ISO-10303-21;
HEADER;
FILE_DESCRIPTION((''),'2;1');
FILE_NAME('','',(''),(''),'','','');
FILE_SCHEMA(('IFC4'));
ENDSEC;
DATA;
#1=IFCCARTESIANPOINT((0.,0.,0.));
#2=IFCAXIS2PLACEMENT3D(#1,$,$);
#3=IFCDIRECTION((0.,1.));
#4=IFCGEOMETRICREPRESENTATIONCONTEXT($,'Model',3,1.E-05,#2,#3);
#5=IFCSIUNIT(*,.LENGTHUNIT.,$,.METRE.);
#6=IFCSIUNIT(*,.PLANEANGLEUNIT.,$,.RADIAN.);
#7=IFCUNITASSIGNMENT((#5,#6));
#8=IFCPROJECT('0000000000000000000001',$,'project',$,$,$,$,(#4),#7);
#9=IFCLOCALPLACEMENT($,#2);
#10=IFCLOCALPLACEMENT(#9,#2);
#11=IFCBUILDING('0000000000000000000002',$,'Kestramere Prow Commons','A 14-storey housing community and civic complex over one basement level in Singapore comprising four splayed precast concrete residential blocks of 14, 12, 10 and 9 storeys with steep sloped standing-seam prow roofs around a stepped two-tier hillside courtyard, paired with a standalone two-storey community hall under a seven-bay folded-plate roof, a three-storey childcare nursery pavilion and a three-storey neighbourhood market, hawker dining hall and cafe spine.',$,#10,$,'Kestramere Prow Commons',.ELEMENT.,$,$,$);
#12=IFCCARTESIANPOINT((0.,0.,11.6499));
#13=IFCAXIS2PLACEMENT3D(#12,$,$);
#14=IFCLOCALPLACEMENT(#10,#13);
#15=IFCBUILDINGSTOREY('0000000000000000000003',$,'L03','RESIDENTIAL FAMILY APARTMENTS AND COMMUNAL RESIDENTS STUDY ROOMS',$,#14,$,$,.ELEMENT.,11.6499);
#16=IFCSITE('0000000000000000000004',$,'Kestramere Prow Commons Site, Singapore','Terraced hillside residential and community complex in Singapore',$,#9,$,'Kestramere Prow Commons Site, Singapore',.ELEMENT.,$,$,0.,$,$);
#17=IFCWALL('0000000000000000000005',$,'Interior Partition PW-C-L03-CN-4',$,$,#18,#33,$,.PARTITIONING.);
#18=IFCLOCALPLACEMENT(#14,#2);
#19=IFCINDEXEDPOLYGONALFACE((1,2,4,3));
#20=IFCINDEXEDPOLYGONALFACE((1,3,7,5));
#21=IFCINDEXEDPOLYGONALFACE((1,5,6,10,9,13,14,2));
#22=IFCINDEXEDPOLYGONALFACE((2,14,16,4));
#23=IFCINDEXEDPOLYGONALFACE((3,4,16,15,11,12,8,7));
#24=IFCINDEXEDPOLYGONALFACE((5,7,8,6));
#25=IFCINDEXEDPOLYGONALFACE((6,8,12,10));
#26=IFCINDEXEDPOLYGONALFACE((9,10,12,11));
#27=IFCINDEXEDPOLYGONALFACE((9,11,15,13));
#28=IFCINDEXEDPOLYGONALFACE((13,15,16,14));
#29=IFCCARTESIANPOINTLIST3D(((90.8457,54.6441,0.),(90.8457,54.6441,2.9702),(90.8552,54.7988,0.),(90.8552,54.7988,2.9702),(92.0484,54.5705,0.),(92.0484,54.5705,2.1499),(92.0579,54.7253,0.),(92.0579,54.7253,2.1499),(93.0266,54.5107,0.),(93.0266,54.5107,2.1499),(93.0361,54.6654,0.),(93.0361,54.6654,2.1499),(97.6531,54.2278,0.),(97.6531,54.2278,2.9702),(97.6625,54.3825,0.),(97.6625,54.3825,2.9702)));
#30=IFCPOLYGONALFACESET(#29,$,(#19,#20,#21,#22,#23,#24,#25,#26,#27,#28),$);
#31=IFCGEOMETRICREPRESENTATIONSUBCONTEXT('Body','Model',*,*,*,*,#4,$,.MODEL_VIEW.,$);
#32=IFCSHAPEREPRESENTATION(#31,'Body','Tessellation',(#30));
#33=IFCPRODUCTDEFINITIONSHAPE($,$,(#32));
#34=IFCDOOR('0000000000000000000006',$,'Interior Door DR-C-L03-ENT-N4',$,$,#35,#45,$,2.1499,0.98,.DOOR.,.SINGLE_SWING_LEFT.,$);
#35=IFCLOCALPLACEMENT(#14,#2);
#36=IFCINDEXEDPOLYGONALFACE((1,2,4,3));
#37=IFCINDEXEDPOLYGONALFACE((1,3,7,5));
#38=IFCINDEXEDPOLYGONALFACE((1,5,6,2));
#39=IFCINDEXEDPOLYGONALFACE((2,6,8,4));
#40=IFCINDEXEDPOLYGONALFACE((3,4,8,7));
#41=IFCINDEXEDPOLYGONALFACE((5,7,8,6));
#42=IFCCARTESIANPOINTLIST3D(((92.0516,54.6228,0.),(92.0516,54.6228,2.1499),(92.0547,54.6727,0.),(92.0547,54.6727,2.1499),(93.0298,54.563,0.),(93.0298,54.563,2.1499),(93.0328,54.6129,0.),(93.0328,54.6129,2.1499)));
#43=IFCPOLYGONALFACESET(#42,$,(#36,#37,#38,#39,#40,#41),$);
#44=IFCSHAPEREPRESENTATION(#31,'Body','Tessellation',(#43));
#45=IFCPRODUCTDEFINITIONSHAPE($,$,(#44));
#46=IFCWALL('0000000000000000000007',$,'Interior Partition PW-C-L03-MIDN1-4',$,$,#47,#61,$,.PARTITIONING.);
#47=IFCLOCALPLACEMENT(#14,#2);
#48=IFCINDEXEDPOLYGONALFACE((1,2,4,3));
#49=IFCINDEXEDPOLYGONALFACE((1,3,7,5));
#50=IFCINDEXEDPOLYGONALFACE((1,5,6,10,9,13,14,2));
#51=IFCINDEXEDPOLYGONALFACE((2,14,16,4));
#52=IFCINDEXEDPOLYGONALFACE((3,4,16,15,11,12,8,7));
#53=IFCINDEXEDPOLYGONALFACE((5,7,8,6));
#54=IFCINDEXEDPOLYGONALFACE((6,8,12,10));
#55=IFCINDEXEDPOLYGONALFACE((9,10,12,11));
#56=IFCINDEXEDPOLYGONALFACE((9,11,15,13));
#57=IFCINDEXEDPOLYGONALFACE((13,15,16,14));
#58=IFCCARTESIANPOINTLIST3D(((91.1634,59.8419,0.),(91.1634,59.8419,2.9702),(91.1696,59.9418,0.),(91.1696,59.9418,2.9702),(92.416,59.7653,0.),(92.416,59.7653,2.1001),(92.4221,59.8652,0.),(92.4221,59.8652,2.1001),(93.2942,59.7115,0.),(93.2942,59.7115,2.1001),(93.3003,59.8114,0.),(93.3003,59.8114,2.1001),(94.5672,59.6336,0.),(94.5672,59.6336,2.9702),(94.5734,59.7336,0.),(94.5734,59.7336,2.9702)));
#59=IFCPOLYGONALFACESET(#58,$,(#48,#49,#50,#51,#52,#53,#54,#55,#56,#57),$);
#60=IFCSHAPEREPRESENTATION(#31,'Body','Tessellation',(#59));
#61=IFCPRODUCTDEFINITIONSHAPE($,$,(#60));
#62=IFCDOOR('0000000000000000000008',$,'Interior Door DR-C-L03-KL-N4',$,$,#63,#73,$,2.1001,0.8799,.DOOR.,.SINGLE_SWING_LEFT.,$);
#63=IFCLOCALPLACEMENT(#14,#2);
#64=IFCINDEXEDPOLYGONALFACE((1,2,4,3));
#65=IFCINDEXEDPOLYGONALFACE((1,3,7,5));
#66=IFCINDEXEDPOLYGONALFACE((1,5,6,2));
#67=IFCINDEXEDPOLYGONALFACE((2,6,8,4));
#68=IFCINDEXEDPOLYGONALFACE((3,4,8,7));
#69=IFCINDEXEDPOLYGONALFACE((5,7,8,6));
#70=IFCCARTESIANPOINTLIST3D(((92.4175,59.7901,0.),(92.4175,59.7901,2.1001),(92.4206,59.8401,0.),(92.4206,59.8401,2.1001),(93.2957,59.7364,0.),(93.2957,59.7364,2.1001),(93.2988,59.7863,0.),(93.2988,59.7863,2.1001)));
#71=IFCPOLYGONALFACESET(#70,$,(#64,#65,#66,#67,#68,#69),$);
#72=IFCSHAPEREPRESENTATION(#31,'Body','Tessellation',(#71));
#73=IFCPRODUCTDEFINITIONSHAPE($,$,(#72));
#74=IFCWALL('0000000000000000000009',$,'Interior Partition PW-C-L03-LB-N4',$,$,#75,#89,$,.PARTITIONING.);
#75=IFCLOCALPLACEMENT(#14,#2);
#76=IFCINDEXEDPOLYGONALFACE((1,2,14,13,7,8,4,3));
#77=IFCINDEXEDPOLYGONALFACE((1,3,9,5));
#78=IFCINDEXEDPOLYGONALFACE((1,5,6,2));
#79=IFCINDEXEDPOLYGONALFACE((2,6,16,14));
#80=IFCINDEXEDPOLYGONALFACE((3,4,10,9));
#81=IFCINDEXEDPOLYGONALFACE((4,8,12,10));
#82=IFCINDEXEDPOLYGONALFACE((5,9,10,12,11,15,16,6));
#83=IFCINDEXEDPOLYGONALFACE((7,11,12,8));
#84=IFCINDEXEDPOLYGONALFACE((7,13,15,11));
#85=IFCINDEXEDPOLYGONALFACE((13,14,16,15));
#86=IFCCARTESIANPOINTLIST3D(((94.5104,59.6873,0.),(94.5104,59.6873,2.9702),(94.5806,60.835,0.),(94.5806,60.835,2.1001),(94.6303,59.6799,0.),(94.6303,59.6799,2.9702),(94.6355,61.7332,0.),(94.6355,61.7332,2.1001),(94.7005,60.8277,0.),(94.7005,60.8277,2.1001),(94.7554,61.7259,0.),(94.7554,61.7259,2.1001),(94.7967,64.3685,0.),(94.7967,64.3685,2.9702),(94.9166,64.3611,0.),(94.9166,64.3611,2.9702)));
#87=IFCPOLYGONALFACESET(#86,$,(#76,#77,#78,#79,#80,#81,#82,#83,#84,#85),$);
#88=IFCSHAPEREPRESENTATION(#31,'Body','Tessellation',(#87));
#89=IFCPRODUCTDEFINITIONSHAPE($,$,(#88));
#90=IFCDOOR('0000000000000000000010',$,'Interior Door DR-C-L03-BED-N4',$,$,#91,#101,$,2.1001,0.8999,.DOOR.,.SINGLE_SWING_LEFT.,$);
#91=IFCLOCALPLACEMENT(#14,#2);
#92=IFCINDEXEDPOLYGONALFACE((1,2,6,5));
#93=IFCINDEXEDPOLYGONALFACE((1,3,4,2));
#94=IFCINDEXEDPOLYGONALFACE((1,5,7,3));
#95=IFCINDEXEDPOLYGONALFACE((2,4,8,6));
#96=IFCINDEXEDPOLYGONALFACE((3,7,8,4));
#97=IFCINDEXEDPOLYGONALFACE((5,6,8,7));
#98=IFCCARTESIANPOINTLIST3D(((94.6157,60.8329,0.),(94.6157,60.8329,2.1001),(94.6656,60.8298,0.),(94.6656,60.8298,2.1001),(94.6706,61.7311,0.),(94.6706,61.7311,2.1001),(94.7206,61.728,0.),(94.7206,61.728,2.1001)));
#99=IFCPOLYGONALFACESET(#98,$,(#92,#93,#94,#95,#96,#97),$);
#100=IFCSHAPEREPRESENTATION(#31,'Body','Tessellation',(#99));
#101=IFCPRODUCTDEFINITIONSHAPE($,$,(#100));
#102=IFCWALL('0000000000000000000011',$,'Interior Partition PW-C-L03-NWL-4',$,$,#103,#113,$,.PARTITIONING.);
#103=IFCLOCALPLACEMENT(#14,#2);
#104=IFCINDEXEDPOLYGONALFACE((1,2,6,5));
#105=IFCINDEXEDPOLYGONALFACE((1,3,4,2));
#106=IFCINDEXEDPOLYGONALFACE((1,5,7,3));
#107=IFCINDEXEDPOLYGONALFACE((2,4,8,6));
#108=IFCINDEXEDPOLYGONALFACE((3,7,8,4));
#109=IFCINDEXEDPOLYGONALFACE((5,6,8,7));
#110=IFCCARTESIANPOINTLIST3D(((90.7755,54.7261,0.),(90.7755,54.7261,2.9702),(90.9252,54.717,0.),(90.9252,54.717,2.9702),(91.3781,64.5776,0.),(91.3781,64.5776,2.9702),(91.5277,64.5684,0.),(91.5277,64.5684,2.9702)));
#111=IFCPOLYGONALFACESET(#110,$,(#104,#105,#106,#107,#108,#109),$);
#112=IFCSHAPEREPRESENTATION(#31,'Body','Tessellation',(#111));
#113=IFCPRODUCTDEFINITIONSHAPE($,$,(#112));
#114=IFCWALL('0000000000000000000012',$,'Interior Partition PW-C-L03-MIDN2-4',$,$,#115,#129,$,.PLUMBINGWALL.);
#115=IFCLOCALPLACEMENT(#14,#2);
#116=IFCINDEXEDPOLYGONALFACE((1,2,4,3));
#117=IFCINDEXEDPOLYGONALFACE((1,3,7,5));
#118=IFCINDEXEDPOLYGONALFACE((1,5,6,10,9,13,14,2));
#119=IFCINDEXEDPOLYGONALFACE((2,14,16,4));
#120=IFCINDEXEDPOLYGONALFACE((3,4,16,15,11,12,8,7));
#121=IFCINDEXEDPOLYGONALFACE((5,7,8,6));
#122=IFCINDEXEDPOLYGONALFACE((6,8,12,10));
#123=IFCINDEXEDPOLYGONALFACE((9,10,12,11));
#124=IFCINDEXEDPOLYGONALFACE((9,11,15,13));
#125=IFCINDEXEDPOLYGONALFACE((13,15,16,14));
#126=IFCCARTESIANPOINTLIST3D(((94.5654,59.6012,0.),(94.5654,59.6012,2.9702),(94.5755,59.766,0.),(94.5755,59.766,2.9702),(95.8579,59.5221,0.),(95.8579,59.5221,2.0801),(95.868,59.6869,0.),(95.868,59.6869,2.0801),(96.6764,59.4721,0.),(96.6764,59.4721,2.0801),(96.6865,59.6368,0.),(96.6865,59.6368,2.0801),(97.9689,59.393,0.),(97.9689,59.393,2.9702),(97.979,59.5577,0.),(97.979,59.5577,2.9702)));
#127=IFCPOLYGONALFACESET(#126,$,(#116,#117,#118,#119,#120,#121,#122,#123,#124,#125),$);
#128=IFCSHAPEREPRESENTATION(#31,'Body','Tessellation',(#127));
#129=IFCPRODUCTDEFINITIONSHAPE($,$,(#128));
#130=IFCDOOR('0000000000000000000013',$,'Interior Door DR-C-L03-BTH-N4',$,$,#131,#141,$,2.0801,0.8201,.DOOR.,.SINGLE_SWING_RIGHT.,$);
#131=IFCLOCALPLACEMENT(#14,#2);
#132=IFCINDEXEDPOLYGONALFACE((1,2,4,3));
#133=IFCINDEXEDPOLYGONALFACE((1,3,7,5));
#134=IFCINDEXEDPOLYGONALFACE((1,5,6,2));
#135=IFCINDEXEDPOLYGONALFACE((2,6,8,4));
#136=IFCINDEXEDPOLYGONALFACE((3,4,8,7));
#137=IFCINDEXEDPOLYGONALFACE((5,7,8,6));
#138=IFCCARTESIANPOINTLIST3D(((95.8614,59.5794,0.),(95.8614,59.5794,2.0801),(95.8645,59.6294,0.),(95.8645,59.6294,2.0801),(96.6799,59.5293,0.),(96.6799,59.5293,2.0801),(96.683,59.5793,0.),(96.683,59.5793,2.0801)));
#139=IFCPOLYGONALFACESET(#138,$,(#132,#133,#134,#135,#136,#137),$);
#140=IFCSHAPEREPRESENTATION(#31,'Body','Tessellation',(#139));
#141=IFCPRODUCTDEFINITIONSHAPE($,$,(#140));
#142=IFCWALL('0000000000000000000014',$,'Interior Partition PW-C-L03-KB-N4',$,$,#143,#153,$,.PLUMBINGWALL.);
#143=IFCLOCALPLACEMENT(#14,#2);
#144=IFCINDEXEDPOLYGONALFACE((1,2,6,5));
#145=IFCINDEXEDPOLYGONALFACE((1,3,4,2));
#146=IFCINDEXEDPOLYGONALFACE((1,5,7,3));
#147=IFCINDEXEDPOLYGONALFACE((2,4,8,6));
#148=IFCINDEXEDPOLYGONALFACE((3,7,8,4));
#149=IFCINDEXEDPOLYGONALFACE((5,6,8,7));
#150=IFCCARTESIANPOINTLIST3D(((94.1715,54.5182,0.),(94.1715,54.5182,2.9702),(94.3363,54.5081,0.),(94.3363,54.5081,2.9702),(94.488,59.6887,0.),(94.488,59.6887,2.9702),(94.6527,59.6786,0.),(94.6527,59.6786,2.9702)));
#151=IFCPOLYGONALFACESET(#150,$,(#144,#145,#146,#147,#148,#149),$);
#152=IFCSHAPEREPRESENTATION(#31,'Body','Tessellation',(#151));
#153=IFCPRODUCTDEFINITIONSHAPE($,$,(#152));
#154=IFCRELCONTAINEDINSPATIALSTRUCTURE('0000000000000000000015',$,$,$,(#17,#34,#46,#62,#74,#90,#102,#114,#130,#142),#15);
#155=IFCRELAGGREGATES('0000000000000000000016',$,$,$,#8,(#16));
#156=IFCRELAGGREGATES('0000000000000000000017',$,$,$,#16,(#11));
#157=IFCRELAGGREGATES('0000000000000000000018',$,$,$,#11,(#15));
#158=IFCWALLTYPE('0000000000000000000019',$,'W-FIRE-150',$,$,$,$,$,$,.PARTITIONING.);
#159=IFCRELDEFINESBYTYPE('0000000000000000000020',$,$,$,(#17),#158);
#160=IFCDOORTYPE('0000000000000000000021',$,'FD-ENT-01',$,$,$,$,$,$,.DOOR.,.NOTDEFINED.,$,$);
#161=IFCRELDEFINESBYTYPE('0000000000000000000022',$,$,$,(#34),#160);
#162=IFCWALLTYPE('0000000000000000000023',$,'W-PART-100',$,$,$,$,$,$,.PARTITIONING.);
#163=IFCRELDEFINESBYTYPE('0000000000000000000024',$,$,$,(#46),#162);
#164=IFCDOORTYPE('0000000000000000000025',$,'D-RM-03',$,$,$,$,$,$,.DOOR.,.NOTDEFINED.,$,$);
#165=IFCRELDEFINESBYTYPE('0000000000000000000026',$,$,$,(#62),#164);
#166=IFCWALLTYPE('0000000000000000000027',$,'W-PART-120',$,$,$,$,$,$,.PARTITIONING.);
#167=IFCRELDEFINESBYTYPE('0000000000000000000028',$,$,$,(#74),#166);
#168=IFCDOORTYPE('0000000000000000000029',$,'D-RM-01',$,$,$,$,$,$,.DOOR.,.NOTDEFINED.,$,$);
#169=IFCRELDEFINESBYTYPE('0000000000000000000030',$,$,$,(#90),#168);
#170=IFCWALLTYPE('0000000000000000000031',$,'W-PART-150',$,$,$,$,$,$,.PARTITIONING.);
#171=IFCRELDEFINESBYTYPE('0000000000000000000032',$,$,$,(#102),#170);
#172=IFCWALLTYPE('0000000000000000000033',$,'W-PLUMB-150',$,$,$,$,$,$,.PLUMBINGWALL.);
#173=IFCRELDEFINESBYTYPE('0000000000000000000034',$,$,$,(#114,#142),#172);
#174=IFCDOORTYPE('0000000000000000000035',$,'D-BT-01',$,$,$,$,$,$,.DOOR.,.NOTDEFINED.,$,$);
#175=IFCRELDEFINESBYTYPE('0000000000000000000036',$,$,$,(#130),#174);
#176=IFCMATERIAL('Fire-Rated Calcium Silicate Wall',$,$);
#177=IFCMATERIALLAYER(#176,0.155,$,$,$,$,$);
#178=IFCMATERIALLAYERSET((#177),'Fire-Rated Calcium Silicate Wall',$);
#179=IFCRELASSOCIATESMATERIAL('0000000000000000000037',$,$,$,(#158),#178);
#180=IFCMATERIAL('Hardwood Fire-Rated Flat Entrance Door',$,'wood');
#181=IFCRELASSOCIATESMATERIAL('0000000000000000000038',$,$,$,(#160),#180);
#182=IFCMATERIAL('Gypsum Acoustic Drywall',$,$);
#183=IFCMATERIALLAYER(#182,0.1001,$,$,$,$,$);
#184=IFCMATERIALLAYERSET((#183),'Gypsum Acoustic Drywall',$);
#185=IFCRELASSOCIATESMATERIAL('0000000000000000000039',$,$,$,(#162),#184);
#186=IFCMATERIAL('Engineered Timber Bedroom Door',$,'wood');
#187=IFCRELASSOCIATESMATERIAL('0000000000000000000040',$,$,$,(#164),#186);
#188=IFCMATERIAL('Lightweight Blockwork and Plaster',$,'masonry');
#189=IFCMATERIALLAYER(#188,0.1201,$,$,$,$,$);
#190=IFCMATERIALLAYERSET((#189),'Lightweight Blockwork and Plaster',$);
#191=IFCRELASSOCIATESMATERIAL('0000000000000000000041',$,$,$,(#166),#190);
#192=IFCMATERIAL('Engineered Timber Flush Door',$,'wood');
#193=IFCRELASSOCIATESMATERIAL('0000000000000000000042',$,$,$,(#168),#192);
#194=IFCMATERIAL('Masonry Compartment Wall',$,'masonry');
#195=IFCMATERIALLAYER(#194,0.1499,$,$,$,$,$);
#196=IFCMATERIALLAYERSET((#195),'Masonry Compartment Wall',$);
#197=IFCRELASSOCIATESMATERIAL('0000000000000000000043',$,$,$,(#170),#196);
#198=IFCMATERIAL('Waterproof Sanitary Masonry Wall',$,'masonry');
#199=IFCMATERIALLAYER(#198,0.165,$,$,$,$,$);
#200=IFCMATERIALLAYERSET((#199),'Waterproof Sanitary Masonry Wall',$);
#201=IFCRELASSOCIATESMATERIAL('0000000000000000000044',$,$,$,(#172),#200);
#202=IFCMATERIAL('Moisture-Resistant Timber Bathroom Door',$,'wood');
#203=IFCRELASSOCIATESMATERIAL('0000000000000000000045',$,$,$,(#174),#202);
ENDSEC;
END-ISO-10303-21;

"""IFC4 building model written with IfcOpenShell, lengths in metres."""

from ifc_helpers import new_model, si_unit, direction, frame, frame_2d, origin, place, context, subcontext, project, spatial, rectangle, extrude, material, layer, layer_set, type_object, element, fill, save


model = new_model("IFC4")

# Units and contexts
model_context = context("Model", 3, precision=1e-05, world=origin(), true_north=direction((0.0, 1.0)))
body_context = subcontext(model_context, "Body", "Model", "MODEL_VIEW")
ifc_project = project(units=[si_unit("LENGTHUNIT", "METRE"), si_unit("PLANEANGLEUNIT", "RADIAN")], contexts=[model_context])

# Site, building, storey
site_placement = place(None, origin())
site = spatial("IfcSite", under=ifc_project, at=site_placement, Name="Kestramere Prow Commons Site, Singapore", Description="Terraced hillside residential and community complex in Singapore", LongName="Kestramere Prow Commons Site, Singapore", CompositionType="ELEMENT", RefElevation=0.0)
building_placement = place(site_placement, origin())
building = spatial("IfcBuilding", under=site, at=building_placement, Name="Kestramere Prow Commons", Description="A 14-storey housing community and civic complex over one basement level in Singapore comprising four splayed precast concrete residential blocks of 14, 12, 10 and 9 storeys with steep sloped standing-seam prow roofs around a stepped two-tier hillside courtyard, paired with a standalone two-storey community hall under a seven-bay folded-plate roof, a three-storey childcare nursery pavilion and a three-storey neighbourhood market, hawker dining hall and cafe spine.", LongName="Kestramere Prow Commons", CompositionType="ELEMENT")
storey_placement = place(building_placement, frame((0.0, 0.0, 11.6499)))
storey = spatial("IfcBuildingStorey", under=building, at=storey_placement, Name="L03", Description="RESIDENTIAL FAMILY APARTMENTS AND COMMUNAL RESIDENTS STUDY ROOMS", CompositionType="ELEMENT", Elevation=11.6499)

# Walls, openings, doors
ifc_material_1 = material(Name="Fire-Rated Calcium Silicate Wall")
ifc_layer_1 = layer(ifc_material_1, 0.155)
ifc_layer_set_1 = layer_set([ifc_layer_1], Name="Fire-Rated Calcium Silicate Wall")
wall_type_1 = type_object("IfcWallType", Name="W-FIRE-150", PredefinedType="PARTITIONING", material=ifc_layer_set_1)
wall_1_placement = place(storey_placement, frame((90.8503, 54.7214, 0.0), z_axis=(0.0, 0.0, 1.0), x_axis=(0.998136, -0.061034, 0.0)))
wall_1 = element("IfcWall", 1, at=wall_1_placement, inside=storey, type_object=wall_type_1, Name="Interior Partition PW-C-L03-CN-4", PredefinedType="PARTITIONING", context=body_context, shape_type="SweptSolid", body=[
    extrude(rectangle(XDim=6.8201, YDim=0.155, at=frame_2d((3.4102, 0.0))), origin(), (0.0, 0.0, 1.0), 2.9702),
])
opening_1_placement = place(wall_1_placement, frame((1.2051, 0.0, 0.0)))
opening_1 = element("IfcOpeningElement", 2, at=opening_1_placement, cuts=wall_1, PredefinedType="OPENING", context=body_context, shape_type="SweptSolid", body=[
    extrude(rectangle(XDim=0.98, YDim=2.1499, at=frame_2d((0.49, 1.075))), frame((0.0, 0.0925, 0.0), z_axis=(0.0, -1.0, 0.0), x_axis=(1.0, 0.0, 0.0)), (0.0, 0.0, 1.0), 0.1851),
])
ifc_material_2 = material(Name="Hardwood Fire-Rated Flat Entrance Door", Category="wood")
door_type_1 = type_object("IfcDoorType", Name="FD-ENT-01", OperationType="NOTDEFINED", PredefinedType="DOOR", material=ifc_material_2)
door_1_placement = place(opening_1_placement, origin())
door_1 = element("IfcDoor", 3, at=door_1_placement, inside=storey, type_object=door_type_1, Name="Interior Door DR-C-L03-ENT-N4", OperationType="SINGLE_SWING_LEFT", OverallHeight=2.1499, OverallWidth=0.98, PredefinedType="DOOR", context=body_context, shape_type="SweptSolid", body=[
    extrude(rectangle(XDim=0.98, YDim=2.1499, at=frame_2d((0.49, 1.075))), frame((0.0, 0.0249, 0.0), z_axis=(0.0, -1.0, 0.0), x_axis=(1.0, 0.0, 0.0)), (0.0, 0.0, 1.0), 0.05),
])
fill(opening_1, door_1)
ifc_material_3 = material(Name="Gypsum Acoustic Drywall")
ifc_layer_2 = layer(ifc_material_3, 0.1001)
ifc_layer_set_2 = layer_set([ifc_layer_2], Name="Gypsum Acoustic Drywall")
wall_type_2 = type_object("IfcWallType", Name="W-PART-100", PredefinedType="PARTITIONING", material=ifc_layer_set_2)
wall_2_placement = place(storey_placement, frame((91.1665, 59.8918, 0.0), z_axis=(0.0, 0.0, 1.0), x_axis=(0.998134, -0.061068, 0.0)))
wall_2 = element("IfcWall", 4, at=wall_2_placement, inside=storey, type_object=wall_type_2, Name="Interior Partition PW-C-L03-MIDN1-4", PredefinedType="PARTITIONING", context=body_context, shape_type="SweptSolid", body=[
    extrude(rectangle(XDim=3.4102, YDim=0.1001, at=frame_2d((1.7051, 0.0))), origin(), (0.0, 0.0, 1.0), 2.9702),
])
opening_2_placement = place(wall_2_placement, frame((1.2549, 0.0, 0.0)))
opening_2 = element("IfcOpeningElement", 5, at=opening_2_placement, cuts=wall_2, PredefinedType="OPENING", context=body_context, shape_type="SweptSolid", body=[
    extrude(rectangle(XDim=0.8799, YDim=2.1001, at=frame_2d((0.4399, 1.05))), frame((0.0, 0.0649, 0.0), z_axis=(0.0, -1.0, 0.0), x_axis=(1.0, 0.0, 0.0)), (0.0, 0.0, 1.0), 0.1301),
])
ifc_material_4 = material(Name="Engineered Timber Bedroom Door", Category="wood")
door_type_2 = type_object("IfcDoorType", Name="D-RM-03", OperationType="NOTDEFINED", PredefinedType="DOOR", material=ifc_material_4)
door_2_placement = place(opening_2_placement, origin())
door_2 = element("IfcDoor", 6, at=door_2_placement, inside=storey, type_object=door_type_2, Name="Interior Door DR-C-L03-KL-N4", OperationType="SINGLE_SWING_LEFT", OverallHeight=2.1001, OverallWidth=0.8799, PredefinedType="DOOR", context=body_context, shape_type="SweptSolid", body=[
    extrude(rectangle(XDim=0.8799, YDim=2.1001, at=frame_2d((0.4399, 1.05))), frame((0.0, 0.0249, 0.0), z_axis=(0.0, -1.0, 0.0), x_axis=(1.0, 0.0, 0.0)), (0.0, 0.0, 1.0), 0.05),
])
fill(opening_2, door_2)
ifc_material_5 = material(Name="Lightweight Blockwork and Plaster", Category="masonry")
ifc_layer_3 = layer(ifc_material_5, 0.1201)
ifc_layer_set_3 = layer_set([ifc_layer_3], Name="Lightweight Blockwork and Plaster")
wall_type_3 = type_object("IfcWallType", Name="W-PART-120", PredefinedType="PARTITIONING", material=ifc_layer_set_3)
wall_3_placement = place(storey_placement, frame((94.5703, 59.6836, 0.0), z_axis=(0.0, 0.0, 1.0), x_axis=(0.061062, 0.998134, 0.0)))
wall_3 = element("IfcWall", 7, at=wall_3_placement, inside=storey, type_object=wall_type_3, Name="Interior Partition PW-C-L03-LB-N4", PredefinedType="PARTITIONING", context=body_context, shape_type="SweptSolid", body=[
    extrude(rectangle(XDim=4.6899, YDim=0.1201, at=frame_2d((2.345, 0.0))), origin(), (0.0, 0.0, 1.0), 2.9702),
])
opening_3_placement = place(wall_3_placement, frame((1.1499, 0.0, 0.0)))
opening_3 = element("IfcOpeningElement", 8, at=opening_3_placement, cuts=wall_3, PredefinedType="OPENING", context=body_context, shape_type="SweptSolid", body=[
    extrude(rectangle(XDim=0.8999, YDim=2.1001, at=frame_2d((0.45, 1.05))), frame((0.0, 0.075, 0.0), z_axis=(0.0, -1.0, 0.0), x_axis=(1.0, 0.0, 0.0)), (0.0, 0.0, 1.0), 0.1501),
])
ifc_material_6 = material(Name="Engineered Timber Flush Door", Category="wood")
door_type_3 = type_object("IfcDoorType", Name="D-RM-01", OperationType="NOTDEFINED", PredefinedType="DOOR", material=ifc_material_6)
door_3_placement = place(opening_3_placement, origin())
door_3 = element("IfcDoor", 9, at=door_3_placement, inside=storey, type_object=door_type_3, Name="Interior Door DR-C-L03-BED-N4", OperationType="SINGLE_SWING_LEFT", OverallHeight=2.1001, OverallWidth=0.8999, PredefinedType="DOOR", context=body_context, shape_type="SweptSolid", body=[
    extrude(rectangle(XDim=0.8999, YDim=2.1001, at=frame_2d((0.45, 1.05))), frame((0.0, 0.0249, 0.0), z_axis=(0.0, -1.0, 0.0), x_axis=(1.0, 0.0, 0.0)), (0.0, 0.0, 1.0), 0.05),
])
fill(opening_3, door_3)

# Wall
ifc_material_7 = material(Name="Masonry Compartment Wall", Category="masonry")
ifc_layer_4 = layer(ifc_material_7, 0.1499)
ifc_layer_set_4 = layer_set([ifc_layer_4], Name="Masonry Compartment Wall")
wall_type_4 = type_object("IfcWallType", Name="W-PART-150", PredefinedType="PARTITIONING", material=ifc_layer_set_4)
wall_4_placement = place(storey_placement, frame((90.8503, 54.7214, 0.0), z_axis=(0.0, 0.0, 1.0), x_axis=(0.061048, 0.998135, 0.0)))
element("IfcWall", 10, at=wall_4_placement, inside=storey, type_object=wall_type_4, Name="Interior Partition PW-C-L03-NWL-4", PredefinedType="PARTITIONING", context=body_context, shape_type="SweptSolid", body=[
    extrude(rectangle(XDim=9.8699, YDim=0.1499, at=frame_2d((4.9351, 0.0))), origin(), (0.0, 0.0, 1.0), 2.9702),
])

# Wall, opening, door
ifc_material_8 = material(Name="Waterproof Sanitary Masonry Wall", Category="masonry")
ifc_layer_5 = layer(ifc_material_8, 0.165)
ifc_layer_set_5 = layer_set([ifc_layer_5], Name="Waterproof Sanitary Masonry Wall")
wall_type_5 = type_object("IfcWallType", Name="W-PLUMB-150", PredefinedType="PLUMBINGWALL", material=ifc_layer_set_5)
wall_5_placement = place(storey_placement, frame((94.5703, 59.6836, 0.0), z_axis=(0.0, 0.0, 1.0), x_axis=(0.998133, -0.061072, 0.0)))
wall_5 = element("IfcWall", 11, at=wall_5_placement, inside=storey, type_object=wall_type_5, Name="Interior Partition PW-C-L03-MIDN2-4", PredefinedType="PLUMBINGWALL", context=body_context, shape_type="SweptSolid", body=[
    extrude(rectangle(XDim=3.4099, YDim=0.165, at=frame_2d((1.7051, 0.0))), origin(), (0.0, 0.0, 1.0), 2.9702),
])
opening_4_placement = place(wall_5_placement, frame((1.2949, 0.0, 0.0)))
opening_4 = element("IfcOpeningElement", 12, at=opening_4_placement, cuts=wall_5, PredefinedType="OPENING", context=body_context, shape_type="SweptSolid", body=[
    extrude(rectangle(XDim=0.8201, YDim=2.0801, at=frame_2d((0.4102, 1.04))), frame((0.0, 0.0974, 0.0), z_axis=(0.0, -1.0, 0.0), x_axis=(1.0, 0.0, 0.0)), (0.0, 0.0, 1.0), 0.1951),
])
ifc_material_9 = material(Name="Moisture-Resistant Timber Bathroom Door", Category="wood")
door_type_4 = type_object("IfcDoorType", Name="D-BT-01", OperationType="NOTDEFINED", PredefinedType="DOOR", material=ifc_material_9)
door_4_placement = place(opening_4_placement, origin())
door_4 = element("IfcDoor", 13, at=door_4_placement, inside=storey, type_object=door_type_4, Name="Interior Door DR-C-L03-BTH-N4", OperationType="SINGLE_SWING_RIGHT", OverallHeight=2.0801, OverallWidth=0.8201, PredefinedType="DOOR", context=body_context, shape_type="SweptSolid", body=[
    extrude(rectangle(XDim=0.8201, YDim=2.0801, at=frame_2d((0.4102, 1.04))), frame((0.0, 0.0249, 0.0), z_axis=(0.0, -1.0, 0.0), x_axis=(1.0, 0.0, 0.0)), (0.0, 0.0, 1.0), 0.05),
])
fill(opening_4, door_4)

# Wall
wall_6_placement = place(storey_placement, frame((94.2539, 54.5132, 0.0), z_axis=(0.0, 0.0, 1.0), x_axis=(0.061081, 0.998133, 0.0)))
element("IfcWall", 14, at=wall_6_placement, inside=storey, type_object=wall_type_5, Name="Interior Partition PW-C-L03-KB-N4", PredefinedType="PLUMBINGWALL", context=body_context, shape_type="SweptSolid", body=[
    extrude(rectangle(XDim=5.1802, YDim=0.165, at=frame_2d((2.5901, 0.0))), origin(), (0.0, 0.0, 1.0), 2.9702),
])

save(model, "model.ifc")
